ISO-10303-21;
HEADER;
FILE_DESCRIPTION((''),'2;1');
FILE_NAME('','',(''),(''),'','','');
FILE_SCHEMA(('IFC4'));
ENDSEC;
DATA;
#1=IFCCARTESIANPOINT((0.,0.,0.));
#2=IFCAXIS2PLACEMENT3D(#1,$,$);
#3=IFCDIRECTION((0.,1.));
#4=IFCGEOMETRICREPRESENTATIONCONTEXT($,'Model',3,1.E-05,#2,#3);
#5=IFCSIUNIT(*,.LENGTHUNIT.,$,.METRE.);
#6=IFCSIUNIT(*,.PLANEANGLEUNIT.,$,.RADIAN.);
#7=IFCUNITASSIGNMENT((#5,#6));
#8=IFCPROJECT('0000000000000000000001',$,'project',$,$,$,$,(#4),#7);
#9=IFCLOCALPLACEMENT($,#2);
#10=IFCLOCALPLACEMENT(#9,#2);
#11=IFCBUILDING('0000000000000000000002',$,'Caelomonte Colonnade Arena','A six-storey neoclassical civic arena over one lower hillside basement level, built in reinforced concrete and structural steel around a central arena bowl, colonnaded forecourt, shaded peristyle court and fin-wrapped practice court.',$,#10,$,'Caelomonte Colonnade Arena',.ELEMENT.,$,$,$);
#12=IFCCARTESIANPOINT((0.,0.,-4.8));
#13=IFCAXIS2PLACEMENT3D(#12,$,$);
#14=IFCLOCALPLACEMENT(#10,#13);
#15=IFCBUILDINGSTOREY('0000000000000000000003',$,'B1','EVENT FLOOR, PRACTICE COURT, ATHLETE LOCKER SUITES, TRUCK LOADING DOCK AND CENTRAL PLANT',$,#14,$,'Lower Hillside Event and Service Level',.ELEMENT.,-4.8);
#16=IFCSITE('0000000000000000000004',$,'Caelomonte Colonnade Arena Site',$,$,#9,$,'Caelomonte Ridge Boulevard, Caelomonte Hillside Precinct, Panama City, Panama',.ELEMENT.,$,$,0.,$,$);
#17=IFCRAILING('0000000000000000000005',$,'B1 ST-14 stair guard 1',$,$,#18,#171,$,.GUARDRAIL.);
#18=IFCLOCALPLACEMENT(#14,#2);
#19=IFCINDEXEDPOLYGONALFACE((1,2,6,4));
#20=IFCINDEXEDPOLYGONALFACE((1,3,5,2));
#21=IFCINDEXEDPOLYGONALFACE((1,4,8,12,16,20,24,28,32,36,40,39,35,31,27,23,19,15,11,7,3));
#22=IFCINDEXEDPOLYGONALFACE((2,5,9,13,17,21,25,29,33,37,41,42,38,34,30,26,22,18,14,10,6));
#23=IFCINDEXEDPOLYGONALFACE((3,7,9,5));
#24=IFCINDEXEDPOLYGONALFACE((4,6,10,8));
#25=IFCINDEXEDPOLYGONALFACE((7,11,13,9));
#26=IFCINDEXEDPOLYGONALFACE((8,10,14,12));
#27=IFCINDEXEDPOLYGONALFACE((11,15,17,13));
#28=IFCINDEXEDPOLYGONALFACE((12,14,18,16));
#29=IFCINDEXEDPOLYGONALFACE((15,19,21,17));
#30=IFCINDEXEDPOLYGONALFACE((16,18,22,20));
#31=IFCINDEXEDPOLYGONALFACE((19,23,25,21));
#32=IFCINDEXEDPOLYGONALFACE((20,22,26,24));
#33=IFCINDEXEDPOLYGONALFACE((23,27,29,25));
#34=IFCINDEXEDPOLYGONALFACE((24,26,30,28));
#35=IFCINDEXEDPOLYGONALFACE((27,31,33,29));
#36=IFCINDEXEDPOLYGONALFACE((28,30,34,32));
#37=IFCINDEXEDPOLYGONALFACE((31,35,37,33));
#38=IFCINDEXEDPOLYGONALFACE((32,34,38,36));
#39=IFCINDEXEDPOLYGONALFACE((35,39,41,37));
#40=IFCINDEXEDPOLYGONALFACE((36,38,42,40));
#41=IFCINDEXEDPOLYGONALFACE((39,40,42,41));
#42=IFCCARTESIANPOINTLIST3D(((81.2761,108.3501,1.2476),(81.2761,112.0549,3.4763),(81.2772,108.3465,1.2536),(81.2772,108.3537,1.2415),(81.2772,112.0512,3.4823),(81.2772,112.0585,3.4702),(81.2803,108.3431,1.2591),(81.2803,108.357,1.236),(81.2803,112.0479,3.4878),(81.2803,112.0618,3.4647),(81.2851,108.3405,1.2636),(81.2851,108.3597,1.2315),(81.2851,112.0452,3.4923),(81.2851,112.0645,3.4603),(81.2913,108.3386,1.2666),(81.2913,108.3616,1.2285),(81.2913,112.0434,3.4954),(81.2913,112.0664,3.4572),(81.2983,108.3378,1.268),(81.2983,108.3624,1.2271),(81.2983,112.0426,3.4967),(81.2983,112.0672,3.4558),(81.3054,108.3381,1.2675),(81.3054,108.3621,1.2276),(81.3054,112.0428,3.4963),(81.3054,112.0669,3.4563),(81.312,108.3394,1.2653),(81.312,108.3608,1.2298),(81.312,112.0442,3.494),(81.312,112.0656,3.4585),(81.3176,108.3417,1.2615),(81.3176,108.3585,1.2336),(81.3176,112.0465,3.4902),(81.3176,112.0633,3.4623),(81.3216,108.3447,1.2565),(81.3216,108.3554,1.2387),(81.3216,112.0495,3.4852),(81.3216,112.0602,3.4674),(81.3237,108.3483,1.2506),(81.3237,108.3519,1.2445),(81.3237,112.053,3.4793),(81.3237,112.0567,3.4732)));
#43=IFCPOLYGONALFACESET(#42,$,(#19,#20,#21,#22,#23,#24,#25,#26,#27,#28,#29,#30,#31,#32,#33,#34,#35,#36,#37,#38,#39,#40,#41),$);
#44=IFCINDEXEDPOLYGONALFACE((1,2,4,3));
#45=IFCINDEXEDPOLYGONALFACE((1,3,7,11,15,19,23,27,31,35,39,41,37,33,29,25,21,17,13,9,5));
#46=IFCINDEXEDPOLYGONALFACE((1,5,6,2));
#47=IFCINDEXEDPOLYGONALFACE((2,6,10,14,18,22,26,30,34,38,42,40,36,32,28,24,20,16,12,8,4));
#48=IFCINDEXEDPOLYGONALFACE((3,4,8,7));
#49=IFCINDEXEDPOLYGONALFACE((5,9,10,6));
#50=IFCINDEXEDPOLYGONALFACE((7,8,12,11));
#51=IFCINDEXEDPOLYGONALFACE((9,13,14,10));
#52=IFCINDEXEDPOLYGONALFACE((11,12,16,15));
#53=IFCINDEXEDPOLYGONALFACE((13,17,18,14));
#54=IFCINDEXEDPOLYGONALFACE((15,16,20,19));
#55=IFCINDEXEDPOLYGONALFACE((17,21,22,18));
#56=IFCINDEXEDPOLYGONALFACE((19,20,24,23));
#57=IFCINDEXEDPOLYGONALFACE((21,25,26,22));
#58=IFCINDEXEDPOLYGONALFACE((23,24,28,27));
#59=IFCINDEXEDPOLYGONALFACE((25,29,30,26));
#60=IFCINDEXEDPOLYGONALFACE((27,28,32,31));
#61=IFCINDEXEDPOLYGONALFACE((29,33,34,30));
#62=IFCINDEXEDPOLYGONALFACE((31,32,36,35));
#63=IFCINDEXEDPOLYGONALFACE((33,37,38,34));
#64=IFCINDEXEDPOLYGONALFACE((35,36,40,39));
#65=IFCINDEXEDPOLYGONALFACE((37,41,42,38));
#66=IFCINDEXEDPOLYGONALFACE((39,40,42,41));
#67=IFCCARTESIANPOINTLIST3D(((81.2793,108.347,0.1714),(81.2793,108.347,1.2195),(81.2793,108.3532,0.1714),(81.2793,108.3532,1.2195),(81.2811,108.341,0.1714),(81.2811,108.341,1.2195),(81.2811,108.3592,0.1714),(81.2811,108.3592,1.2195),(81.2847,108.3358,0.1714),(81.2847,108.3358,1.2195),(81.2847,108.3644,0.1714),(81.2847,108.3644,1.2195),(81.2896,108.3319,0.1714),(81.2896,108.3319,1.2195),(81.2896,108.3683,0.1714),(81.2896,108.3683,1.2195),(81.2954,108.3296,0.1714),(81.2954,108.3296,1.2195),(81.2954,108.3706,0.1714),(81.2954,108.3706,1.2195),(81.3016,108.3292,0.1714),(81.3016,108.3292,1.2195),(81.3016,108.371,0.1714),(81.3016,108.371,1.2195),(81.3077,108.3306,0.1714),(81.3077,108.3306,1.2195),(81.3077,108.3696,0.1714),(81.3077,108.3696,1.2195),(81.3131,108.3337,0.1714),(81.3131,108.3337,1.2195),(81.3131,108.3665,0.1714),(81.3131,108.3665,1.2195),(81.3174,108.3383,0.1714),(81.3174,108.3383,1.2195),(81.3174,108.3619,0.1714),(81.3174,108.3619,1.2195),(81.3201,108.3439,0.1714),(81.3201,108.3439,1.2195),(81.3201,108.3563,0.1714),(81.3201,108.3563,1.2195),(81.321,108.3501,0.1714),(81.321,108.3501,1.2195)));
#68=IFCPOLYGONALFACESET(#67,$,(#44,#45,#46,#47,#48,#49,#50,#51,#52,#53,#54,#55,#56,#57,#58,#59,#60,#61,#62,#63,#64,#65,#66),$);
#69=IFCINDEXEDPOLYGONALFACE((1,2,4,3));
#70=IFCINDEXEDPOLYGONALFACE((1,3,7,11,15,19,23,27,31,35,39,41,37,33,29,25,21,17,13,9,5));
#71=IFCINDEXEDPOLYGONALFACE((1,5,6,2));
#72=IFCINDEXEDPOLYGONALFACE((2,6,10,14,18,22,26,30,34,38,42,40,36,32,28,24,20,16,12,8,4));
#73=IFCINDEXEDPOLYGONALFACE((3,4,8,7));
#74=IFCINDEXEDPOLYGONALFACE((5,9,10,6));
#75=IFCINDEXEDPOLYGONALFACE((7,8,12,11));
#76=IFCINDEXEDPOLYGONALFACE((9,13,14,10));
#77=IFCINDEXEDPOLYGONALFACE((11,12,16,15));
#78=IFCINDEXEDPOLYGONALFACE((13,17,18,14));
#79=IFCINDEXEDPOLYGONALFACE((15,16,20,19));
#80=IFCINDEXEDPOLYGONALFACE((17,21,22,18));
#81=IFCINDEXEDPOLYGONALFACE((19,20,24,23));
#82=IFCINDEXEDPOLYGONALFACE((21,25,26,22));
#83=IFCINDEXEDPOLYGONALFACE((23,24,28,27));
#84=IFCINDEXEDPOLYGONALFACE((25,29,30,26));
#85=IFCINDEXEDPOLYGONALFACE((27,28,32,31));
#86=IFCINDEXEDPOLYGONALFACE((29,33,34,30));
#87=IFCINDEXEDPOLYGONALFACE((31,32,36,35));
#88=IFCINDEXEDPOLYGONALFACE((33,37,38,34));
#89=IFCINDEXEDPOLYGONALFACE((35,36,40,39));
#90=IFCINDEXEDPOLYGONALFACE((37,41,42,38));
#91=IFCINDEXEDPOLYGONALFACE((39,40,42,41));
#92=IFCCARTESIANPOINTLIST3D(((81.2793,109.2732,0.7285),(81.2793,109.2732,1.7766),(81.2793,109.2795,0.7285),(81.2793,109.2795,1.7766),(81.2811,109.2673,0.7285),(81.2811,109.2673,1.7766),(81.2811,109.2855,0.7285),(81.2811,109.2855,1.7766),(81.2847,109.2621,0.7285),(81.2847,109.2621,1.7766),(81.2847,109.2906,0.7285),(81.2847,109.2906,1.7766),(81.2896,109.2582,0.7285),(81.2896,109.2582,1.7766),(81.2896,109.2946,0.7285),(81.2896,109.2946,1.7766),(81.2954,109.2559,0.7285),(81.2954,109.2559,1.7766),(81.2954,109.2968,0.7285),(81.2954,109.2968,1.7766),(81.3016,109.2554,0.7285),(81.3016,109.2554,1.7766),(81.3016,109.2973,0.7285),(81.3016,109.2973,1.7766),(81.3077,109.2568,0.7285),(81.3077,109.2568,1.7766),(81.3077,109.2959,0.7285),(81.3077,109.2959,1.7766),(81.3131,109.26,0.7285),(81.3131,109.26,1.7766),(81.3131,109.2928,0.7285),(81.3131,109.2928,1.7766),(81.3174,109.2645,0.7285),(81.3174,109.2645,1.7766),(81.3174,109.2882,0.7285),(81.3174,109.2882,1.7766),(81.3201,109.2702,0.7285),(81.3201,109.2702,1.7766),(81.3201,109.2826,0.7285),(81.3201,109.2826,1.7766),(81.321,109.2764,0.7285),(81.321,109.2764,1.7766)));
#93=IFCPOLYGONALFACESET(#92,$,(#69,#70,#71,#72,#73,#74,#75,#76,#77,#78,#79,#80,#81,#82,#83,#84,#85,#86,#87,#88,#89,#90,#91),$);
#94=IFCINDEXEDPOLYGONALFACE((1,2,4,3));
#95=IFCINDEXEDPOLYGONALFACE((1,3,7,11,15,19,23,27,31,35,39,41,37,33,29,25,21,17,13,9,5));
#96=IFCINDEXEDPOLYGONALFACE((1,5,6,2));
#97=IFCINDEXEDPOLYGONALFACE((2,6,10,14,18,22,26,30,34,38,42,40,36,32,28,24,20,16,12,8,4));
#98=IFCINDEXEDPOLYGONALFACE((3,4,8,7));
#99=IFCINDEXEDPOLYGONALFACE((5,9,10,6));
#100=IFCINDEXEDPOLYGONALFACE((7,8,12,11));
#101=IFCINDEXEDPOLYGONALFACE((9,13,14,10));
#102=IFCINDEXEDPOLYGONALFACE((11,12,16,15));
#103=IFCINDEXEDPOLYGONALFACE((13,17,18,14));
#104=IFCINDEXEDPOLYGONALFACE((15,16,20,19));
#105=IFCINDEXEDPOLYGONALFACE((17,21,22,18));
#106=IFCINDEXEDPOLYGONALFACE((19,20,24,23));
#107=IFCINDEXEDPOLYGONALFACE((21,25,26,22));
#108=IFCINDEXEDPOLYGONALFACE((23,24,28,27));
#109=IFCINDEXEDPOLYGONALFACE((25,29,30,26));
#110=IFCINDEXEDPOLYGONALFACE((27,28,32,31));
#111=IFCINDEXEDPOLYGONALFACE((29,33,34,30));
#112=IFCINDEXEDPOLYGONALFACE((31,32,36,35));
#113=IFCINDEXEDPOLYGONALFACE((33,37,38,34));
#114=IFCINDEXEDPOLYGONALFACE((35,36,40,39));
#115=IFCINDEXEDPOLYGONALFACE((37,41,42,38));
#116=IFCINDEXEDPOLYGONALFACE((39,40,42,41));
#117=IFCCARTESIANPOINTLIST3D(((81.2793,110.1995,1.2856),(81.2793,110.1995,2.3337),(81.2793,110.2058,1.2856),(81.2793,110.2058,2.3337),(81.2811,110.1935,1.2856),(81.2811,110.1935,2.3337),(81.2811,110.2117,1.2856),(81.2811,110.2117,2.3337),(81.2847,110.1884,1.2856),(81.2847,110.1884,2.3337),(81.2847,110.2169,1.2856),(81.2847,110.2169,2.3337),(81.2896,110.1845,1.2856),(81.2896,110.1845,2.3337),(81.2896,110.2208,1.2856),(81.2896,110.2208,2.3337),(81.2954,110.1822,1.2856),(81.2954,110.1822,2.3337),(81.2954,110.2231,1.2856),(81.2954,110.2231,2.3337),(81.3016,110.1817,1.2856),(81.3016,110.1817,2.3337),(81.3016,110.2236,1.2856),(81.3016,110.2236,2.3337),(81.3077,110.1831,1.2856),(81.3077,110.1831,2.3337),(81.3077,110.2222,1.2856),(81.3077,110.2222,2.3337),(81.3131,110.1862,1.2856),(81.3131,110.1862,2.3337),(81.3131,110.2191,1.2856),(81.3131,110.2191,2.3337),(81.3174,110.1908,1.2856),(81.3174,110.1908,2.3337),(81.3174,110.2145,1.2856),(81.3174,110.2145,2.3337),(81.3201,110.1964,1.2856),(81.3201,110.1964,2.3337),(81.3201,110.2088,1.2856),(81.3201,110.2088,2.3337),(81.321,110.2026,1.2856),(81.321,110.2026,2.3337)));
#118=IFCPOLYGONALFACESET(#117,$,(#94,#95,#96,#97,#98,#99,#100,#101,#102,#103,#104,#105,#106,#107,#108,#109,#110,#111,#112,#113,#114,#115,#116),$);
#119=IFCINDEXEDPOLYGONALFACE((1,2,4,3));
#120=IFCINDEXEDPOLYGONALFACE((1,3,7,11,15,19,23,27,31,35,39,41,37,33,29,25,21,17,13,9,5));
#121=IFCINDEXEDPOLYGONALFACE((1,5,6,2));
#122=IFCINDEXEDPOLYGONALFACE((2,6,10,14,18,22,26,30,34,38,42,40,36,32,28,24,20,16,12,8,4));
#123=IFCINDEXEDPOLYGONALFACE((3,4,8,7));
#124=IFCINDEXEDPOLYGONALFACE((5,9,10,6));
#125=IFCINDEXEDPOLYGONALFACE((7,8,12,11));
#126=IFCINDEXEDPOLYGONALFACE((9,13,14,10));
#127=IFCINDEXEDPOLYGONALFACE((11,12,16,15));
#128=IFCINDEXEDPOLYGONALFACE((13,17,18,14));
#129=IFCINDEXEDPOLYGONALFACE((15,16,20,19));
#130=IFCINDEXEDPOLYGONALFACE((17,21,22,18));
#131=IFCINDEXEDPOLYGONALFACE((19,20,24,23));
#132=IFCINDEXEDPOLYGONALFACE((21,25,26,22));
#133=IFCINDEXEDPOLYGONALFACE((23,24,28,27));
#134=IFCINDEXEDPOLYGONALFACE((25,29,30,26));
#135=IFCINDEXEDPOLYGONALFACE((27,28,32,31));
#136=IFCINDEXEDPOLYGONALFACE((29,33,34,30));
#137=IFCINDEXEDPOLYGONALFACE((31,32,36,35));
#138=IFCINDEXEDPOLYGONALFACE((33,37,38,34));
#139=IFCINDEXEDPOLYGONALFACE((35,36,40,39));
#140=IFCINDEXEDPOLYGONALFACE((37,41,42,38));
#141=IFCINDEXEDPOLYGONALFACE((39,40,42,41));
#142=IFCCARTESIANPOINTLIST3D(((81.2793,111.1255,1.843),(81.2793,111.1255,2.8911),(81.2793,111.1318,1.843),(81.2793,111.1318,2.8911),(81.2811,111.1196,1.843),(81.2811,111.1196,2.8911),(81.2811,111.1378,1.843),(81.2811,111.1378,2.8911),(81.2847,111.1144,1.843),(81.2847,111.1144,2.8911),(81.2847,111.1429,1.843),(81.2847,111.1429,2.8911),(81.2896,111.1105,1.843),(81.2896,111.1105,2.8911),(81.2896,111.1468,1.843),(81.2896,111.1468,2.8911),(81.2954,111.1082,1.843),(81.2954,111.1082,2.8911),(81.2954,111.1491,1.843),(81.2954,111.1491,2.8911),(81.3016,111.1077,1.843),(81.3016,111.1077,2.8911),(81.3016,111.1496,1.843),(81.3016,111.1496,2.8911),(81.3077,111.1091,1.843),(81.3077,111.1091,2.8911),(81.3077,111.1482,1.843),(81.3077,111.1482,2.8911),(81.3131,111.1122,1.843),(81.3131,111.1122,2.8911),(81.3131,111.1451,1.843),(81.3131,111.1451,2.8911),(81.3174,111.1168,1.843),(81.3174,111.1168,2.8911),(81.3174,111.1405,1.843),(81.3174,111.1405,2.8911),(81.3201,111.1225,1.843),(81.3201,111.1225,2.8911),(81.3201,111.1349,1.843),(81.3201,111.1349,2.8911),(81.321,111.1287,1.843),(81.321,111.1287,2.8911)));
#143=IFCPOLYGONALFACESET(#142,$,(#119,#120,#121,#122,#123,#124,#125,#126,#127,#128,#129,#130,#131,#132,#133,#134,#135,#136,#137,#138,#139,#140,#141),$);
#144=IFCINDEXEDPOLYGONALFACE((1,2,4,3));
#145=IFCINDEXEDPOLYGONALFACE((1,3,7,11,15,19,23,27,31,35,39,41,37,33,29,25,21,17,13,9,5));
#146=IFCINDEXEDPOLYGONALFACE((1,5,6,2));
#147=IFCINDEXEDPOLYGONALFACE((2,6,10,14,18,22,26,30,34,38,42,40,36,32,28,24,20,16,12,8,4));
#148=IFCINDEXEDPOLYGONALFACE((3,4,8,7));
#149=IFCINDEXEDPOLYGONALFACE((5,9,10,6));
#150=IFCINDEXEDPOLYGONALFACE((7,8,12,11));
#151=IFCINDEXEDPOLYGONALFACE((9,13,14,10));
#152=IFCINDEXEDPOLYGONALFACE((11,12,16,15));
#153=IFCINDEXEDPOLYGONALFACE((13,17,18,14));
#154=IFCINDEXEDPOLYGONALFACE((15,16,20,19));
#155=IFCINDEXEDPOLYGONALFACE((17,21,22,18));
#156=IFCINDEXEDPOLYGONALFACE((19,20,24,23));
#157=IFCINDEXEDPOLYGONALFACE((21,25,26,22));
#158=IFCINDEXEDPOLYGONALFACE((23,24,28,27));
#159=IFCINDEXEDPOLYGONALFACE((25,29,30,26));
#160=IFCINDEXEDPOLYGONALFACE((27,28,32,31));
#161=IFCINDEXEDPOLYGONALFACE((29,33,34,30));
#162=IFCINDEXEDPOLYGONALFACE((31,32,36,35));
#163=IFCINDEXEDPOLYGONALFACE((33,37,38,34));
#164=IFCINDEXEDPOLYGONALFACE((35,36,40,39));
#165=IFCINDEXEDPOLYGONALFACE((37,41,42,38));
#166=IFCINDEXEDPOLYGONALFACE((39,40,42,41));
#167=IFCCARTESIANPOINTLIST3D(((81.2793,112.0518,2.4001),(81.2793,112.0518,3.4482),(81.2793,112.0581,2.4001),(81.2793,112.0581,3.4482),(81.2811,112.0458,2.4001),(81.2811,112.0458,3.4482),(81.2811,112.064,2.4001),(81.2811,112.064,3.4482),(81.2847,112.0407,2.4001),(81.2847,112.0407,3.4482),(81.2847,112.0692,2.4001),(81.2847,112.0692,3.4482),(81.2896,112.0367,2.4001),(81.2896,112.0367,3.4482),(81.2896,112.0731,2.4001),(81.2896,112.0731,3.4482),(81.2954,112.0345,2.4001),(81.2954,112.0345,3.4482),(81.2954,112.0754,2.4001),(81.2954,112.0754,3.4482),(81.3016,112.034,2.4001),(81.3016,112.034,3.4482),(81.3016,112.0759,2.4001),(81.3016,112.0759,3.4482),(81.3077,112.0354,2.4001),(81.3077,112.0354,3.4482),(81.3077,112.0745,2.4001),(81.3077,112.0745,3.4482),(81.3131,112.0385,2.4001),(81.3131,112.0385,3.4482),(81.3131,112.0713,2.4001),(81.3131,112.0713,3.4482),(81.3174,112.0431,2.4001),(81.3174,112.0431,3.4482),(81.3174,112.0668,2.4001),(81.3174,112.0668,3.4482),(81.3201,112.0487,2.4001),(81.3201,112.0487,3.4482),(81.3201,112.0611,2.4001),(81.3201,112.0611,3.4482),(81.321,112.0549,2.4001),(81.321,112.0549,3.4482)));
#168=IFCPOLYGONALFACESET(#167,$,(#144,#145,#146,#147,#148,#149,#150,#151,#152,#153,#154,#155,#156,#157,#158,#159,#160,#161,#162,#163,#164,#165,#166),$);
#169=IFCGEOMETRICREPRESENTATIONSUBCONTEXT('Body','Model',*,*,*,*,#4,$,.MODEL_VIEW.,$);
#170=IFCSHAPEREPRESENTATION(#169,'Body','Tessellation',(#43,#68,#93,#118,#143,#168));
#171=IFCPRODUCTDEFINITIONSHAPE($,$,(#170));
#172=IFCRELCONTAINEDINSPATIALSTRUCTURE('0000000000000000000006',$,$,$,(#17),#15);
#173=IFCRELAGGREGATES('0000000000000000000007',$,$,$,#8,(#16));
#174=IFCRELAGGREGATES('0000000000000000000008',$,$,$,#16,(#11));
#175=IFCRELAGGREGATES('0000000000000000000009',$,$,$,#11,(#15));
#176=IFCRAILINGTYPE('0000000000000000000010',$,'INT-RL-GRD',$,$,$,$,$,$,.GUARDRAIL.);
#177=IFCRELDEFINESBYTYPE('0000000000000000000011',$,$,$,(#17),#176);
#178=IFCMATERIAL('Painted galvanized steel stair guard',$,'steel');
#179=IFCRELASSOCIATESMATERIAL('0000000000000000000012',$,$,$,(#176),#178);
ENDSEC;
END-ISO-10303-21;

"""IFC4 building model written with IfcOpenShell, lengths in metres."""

from ifc_helpers import new_model, si_unit, direction, frame, origin, origin_2d, place, context, subcontext, project, spatial, circle, extrude, material, type_object, element, save


model = new_model("IFC4")

# Units and contexts
model_context = context("Model", 3, precision=1e-05, world=origin(), true_north=direction((0.0, 1.0)))
body_context = subcontext(model_context, "Body", "Model", "MODEL_VIEW")
ifc_project = project(units=[si_unit("LENGTHUNIT", "METRE"), si_unit("PLANEANGLEUNIT", "RADIAN")], contexts=[model_context])

# Site, building, storey
site_placement = place(None, origin())
site = spatial("IfcSite", under=ifc_project, at=site_placement, Name="Caelomonte Colonnade Arena Site", LongName="Caelomonte Ridge Boulevard, Caelomonte Hillside Precinct, Panama City, Panama", CompositionType="ELEMENT", RefElevation=0.0)
building_placement = place(site_placement, origin())
building = spatial("IfcBuilding", under=site, at=building_placement, Name="Caelomonte Colonnade Arena", Description="A six-storey neoclassical civic arena over one lower hillside basement level, built in reinforced concrete and structural steel around a central arena bowl, colonnaded forecourt, shaded peristyle court and fin-wrapped practice court.", LongName="Caelomonte Colonnade Arena", CompositionType="ELEMENT")
storey_placement = place(building_placement, frame((0.0, 0.0, -4.8)))
storey = spatial("IfcBuildingStorey", under=building, at=storey_placement, Name="B1", Description="EVENT FLOOR, PRACTICE COURT, ATHLETE LOCKER SUITES, TRUCK LOADING DOCK AND CENTRAL PLANT", LongName="Lower Hillside Event and Service Level", CompositionType="ELEMENT", Elevation=-4.8)

# Railing
ifc_material_1 = material(Name="Painted galvanized steel stair guard", Category="steel")
railing_type_1 = type_object("IfcRailingType", Name="INT-RL-GRD", PredefinedType="GUARDRAIL", material=ifc_material_1)
railing_1_placement = place(storey_placement, frame((81.3, 108.3501, 0.1714)))
element("IfcRailing", 1, at=railing_1_placement, inside=storey, type_object=railing_type_1, Name="B1 ST-14 stair guard 1", PredefinedType="GUARDRAIL", context=body_context, shape_type="SweptSolid", body=[
    extrude(circle(Radius=0.0239, at=origin_2d()), frame((0.0, 0.0, 1.0762), z_axis=(0.0, 0.856894, 0.515492), x_axis=(-1.0, 0.0, 0.0)), (0.0, 0.0, 1.0), 4.3235),
    extrude(circle(Radius=0.021, at=origin_2d()), origin(), (0.0, 0.0, 1.0), 1.0481),
    extrude(circle(Radius=0.021, at=origin_2d()), frame((0.0, 0.9263, 0.5571)), (0.0, 0.0, 1.0), 1.0481),
    extrude(circle(Radius=0.021, at=origin_2d()), frame((0.0, 1.8525, 1.1143)), (0.0, 0.0, 1.0), 1.0481),
    extrude(circle(Radius=0.021, at=origin_2d()), frame((0.0, 2.7786, 1.6716)), (0.0, 0.0, 1.0), 1.0481),
    extrude(circle(Radius=0.021, at=origin_2d()), frame((0.0, 3.7048, 2.2288)), (0.0, 0.0, 1.0), 1.0481),
])

save(model, "model.ifc")
